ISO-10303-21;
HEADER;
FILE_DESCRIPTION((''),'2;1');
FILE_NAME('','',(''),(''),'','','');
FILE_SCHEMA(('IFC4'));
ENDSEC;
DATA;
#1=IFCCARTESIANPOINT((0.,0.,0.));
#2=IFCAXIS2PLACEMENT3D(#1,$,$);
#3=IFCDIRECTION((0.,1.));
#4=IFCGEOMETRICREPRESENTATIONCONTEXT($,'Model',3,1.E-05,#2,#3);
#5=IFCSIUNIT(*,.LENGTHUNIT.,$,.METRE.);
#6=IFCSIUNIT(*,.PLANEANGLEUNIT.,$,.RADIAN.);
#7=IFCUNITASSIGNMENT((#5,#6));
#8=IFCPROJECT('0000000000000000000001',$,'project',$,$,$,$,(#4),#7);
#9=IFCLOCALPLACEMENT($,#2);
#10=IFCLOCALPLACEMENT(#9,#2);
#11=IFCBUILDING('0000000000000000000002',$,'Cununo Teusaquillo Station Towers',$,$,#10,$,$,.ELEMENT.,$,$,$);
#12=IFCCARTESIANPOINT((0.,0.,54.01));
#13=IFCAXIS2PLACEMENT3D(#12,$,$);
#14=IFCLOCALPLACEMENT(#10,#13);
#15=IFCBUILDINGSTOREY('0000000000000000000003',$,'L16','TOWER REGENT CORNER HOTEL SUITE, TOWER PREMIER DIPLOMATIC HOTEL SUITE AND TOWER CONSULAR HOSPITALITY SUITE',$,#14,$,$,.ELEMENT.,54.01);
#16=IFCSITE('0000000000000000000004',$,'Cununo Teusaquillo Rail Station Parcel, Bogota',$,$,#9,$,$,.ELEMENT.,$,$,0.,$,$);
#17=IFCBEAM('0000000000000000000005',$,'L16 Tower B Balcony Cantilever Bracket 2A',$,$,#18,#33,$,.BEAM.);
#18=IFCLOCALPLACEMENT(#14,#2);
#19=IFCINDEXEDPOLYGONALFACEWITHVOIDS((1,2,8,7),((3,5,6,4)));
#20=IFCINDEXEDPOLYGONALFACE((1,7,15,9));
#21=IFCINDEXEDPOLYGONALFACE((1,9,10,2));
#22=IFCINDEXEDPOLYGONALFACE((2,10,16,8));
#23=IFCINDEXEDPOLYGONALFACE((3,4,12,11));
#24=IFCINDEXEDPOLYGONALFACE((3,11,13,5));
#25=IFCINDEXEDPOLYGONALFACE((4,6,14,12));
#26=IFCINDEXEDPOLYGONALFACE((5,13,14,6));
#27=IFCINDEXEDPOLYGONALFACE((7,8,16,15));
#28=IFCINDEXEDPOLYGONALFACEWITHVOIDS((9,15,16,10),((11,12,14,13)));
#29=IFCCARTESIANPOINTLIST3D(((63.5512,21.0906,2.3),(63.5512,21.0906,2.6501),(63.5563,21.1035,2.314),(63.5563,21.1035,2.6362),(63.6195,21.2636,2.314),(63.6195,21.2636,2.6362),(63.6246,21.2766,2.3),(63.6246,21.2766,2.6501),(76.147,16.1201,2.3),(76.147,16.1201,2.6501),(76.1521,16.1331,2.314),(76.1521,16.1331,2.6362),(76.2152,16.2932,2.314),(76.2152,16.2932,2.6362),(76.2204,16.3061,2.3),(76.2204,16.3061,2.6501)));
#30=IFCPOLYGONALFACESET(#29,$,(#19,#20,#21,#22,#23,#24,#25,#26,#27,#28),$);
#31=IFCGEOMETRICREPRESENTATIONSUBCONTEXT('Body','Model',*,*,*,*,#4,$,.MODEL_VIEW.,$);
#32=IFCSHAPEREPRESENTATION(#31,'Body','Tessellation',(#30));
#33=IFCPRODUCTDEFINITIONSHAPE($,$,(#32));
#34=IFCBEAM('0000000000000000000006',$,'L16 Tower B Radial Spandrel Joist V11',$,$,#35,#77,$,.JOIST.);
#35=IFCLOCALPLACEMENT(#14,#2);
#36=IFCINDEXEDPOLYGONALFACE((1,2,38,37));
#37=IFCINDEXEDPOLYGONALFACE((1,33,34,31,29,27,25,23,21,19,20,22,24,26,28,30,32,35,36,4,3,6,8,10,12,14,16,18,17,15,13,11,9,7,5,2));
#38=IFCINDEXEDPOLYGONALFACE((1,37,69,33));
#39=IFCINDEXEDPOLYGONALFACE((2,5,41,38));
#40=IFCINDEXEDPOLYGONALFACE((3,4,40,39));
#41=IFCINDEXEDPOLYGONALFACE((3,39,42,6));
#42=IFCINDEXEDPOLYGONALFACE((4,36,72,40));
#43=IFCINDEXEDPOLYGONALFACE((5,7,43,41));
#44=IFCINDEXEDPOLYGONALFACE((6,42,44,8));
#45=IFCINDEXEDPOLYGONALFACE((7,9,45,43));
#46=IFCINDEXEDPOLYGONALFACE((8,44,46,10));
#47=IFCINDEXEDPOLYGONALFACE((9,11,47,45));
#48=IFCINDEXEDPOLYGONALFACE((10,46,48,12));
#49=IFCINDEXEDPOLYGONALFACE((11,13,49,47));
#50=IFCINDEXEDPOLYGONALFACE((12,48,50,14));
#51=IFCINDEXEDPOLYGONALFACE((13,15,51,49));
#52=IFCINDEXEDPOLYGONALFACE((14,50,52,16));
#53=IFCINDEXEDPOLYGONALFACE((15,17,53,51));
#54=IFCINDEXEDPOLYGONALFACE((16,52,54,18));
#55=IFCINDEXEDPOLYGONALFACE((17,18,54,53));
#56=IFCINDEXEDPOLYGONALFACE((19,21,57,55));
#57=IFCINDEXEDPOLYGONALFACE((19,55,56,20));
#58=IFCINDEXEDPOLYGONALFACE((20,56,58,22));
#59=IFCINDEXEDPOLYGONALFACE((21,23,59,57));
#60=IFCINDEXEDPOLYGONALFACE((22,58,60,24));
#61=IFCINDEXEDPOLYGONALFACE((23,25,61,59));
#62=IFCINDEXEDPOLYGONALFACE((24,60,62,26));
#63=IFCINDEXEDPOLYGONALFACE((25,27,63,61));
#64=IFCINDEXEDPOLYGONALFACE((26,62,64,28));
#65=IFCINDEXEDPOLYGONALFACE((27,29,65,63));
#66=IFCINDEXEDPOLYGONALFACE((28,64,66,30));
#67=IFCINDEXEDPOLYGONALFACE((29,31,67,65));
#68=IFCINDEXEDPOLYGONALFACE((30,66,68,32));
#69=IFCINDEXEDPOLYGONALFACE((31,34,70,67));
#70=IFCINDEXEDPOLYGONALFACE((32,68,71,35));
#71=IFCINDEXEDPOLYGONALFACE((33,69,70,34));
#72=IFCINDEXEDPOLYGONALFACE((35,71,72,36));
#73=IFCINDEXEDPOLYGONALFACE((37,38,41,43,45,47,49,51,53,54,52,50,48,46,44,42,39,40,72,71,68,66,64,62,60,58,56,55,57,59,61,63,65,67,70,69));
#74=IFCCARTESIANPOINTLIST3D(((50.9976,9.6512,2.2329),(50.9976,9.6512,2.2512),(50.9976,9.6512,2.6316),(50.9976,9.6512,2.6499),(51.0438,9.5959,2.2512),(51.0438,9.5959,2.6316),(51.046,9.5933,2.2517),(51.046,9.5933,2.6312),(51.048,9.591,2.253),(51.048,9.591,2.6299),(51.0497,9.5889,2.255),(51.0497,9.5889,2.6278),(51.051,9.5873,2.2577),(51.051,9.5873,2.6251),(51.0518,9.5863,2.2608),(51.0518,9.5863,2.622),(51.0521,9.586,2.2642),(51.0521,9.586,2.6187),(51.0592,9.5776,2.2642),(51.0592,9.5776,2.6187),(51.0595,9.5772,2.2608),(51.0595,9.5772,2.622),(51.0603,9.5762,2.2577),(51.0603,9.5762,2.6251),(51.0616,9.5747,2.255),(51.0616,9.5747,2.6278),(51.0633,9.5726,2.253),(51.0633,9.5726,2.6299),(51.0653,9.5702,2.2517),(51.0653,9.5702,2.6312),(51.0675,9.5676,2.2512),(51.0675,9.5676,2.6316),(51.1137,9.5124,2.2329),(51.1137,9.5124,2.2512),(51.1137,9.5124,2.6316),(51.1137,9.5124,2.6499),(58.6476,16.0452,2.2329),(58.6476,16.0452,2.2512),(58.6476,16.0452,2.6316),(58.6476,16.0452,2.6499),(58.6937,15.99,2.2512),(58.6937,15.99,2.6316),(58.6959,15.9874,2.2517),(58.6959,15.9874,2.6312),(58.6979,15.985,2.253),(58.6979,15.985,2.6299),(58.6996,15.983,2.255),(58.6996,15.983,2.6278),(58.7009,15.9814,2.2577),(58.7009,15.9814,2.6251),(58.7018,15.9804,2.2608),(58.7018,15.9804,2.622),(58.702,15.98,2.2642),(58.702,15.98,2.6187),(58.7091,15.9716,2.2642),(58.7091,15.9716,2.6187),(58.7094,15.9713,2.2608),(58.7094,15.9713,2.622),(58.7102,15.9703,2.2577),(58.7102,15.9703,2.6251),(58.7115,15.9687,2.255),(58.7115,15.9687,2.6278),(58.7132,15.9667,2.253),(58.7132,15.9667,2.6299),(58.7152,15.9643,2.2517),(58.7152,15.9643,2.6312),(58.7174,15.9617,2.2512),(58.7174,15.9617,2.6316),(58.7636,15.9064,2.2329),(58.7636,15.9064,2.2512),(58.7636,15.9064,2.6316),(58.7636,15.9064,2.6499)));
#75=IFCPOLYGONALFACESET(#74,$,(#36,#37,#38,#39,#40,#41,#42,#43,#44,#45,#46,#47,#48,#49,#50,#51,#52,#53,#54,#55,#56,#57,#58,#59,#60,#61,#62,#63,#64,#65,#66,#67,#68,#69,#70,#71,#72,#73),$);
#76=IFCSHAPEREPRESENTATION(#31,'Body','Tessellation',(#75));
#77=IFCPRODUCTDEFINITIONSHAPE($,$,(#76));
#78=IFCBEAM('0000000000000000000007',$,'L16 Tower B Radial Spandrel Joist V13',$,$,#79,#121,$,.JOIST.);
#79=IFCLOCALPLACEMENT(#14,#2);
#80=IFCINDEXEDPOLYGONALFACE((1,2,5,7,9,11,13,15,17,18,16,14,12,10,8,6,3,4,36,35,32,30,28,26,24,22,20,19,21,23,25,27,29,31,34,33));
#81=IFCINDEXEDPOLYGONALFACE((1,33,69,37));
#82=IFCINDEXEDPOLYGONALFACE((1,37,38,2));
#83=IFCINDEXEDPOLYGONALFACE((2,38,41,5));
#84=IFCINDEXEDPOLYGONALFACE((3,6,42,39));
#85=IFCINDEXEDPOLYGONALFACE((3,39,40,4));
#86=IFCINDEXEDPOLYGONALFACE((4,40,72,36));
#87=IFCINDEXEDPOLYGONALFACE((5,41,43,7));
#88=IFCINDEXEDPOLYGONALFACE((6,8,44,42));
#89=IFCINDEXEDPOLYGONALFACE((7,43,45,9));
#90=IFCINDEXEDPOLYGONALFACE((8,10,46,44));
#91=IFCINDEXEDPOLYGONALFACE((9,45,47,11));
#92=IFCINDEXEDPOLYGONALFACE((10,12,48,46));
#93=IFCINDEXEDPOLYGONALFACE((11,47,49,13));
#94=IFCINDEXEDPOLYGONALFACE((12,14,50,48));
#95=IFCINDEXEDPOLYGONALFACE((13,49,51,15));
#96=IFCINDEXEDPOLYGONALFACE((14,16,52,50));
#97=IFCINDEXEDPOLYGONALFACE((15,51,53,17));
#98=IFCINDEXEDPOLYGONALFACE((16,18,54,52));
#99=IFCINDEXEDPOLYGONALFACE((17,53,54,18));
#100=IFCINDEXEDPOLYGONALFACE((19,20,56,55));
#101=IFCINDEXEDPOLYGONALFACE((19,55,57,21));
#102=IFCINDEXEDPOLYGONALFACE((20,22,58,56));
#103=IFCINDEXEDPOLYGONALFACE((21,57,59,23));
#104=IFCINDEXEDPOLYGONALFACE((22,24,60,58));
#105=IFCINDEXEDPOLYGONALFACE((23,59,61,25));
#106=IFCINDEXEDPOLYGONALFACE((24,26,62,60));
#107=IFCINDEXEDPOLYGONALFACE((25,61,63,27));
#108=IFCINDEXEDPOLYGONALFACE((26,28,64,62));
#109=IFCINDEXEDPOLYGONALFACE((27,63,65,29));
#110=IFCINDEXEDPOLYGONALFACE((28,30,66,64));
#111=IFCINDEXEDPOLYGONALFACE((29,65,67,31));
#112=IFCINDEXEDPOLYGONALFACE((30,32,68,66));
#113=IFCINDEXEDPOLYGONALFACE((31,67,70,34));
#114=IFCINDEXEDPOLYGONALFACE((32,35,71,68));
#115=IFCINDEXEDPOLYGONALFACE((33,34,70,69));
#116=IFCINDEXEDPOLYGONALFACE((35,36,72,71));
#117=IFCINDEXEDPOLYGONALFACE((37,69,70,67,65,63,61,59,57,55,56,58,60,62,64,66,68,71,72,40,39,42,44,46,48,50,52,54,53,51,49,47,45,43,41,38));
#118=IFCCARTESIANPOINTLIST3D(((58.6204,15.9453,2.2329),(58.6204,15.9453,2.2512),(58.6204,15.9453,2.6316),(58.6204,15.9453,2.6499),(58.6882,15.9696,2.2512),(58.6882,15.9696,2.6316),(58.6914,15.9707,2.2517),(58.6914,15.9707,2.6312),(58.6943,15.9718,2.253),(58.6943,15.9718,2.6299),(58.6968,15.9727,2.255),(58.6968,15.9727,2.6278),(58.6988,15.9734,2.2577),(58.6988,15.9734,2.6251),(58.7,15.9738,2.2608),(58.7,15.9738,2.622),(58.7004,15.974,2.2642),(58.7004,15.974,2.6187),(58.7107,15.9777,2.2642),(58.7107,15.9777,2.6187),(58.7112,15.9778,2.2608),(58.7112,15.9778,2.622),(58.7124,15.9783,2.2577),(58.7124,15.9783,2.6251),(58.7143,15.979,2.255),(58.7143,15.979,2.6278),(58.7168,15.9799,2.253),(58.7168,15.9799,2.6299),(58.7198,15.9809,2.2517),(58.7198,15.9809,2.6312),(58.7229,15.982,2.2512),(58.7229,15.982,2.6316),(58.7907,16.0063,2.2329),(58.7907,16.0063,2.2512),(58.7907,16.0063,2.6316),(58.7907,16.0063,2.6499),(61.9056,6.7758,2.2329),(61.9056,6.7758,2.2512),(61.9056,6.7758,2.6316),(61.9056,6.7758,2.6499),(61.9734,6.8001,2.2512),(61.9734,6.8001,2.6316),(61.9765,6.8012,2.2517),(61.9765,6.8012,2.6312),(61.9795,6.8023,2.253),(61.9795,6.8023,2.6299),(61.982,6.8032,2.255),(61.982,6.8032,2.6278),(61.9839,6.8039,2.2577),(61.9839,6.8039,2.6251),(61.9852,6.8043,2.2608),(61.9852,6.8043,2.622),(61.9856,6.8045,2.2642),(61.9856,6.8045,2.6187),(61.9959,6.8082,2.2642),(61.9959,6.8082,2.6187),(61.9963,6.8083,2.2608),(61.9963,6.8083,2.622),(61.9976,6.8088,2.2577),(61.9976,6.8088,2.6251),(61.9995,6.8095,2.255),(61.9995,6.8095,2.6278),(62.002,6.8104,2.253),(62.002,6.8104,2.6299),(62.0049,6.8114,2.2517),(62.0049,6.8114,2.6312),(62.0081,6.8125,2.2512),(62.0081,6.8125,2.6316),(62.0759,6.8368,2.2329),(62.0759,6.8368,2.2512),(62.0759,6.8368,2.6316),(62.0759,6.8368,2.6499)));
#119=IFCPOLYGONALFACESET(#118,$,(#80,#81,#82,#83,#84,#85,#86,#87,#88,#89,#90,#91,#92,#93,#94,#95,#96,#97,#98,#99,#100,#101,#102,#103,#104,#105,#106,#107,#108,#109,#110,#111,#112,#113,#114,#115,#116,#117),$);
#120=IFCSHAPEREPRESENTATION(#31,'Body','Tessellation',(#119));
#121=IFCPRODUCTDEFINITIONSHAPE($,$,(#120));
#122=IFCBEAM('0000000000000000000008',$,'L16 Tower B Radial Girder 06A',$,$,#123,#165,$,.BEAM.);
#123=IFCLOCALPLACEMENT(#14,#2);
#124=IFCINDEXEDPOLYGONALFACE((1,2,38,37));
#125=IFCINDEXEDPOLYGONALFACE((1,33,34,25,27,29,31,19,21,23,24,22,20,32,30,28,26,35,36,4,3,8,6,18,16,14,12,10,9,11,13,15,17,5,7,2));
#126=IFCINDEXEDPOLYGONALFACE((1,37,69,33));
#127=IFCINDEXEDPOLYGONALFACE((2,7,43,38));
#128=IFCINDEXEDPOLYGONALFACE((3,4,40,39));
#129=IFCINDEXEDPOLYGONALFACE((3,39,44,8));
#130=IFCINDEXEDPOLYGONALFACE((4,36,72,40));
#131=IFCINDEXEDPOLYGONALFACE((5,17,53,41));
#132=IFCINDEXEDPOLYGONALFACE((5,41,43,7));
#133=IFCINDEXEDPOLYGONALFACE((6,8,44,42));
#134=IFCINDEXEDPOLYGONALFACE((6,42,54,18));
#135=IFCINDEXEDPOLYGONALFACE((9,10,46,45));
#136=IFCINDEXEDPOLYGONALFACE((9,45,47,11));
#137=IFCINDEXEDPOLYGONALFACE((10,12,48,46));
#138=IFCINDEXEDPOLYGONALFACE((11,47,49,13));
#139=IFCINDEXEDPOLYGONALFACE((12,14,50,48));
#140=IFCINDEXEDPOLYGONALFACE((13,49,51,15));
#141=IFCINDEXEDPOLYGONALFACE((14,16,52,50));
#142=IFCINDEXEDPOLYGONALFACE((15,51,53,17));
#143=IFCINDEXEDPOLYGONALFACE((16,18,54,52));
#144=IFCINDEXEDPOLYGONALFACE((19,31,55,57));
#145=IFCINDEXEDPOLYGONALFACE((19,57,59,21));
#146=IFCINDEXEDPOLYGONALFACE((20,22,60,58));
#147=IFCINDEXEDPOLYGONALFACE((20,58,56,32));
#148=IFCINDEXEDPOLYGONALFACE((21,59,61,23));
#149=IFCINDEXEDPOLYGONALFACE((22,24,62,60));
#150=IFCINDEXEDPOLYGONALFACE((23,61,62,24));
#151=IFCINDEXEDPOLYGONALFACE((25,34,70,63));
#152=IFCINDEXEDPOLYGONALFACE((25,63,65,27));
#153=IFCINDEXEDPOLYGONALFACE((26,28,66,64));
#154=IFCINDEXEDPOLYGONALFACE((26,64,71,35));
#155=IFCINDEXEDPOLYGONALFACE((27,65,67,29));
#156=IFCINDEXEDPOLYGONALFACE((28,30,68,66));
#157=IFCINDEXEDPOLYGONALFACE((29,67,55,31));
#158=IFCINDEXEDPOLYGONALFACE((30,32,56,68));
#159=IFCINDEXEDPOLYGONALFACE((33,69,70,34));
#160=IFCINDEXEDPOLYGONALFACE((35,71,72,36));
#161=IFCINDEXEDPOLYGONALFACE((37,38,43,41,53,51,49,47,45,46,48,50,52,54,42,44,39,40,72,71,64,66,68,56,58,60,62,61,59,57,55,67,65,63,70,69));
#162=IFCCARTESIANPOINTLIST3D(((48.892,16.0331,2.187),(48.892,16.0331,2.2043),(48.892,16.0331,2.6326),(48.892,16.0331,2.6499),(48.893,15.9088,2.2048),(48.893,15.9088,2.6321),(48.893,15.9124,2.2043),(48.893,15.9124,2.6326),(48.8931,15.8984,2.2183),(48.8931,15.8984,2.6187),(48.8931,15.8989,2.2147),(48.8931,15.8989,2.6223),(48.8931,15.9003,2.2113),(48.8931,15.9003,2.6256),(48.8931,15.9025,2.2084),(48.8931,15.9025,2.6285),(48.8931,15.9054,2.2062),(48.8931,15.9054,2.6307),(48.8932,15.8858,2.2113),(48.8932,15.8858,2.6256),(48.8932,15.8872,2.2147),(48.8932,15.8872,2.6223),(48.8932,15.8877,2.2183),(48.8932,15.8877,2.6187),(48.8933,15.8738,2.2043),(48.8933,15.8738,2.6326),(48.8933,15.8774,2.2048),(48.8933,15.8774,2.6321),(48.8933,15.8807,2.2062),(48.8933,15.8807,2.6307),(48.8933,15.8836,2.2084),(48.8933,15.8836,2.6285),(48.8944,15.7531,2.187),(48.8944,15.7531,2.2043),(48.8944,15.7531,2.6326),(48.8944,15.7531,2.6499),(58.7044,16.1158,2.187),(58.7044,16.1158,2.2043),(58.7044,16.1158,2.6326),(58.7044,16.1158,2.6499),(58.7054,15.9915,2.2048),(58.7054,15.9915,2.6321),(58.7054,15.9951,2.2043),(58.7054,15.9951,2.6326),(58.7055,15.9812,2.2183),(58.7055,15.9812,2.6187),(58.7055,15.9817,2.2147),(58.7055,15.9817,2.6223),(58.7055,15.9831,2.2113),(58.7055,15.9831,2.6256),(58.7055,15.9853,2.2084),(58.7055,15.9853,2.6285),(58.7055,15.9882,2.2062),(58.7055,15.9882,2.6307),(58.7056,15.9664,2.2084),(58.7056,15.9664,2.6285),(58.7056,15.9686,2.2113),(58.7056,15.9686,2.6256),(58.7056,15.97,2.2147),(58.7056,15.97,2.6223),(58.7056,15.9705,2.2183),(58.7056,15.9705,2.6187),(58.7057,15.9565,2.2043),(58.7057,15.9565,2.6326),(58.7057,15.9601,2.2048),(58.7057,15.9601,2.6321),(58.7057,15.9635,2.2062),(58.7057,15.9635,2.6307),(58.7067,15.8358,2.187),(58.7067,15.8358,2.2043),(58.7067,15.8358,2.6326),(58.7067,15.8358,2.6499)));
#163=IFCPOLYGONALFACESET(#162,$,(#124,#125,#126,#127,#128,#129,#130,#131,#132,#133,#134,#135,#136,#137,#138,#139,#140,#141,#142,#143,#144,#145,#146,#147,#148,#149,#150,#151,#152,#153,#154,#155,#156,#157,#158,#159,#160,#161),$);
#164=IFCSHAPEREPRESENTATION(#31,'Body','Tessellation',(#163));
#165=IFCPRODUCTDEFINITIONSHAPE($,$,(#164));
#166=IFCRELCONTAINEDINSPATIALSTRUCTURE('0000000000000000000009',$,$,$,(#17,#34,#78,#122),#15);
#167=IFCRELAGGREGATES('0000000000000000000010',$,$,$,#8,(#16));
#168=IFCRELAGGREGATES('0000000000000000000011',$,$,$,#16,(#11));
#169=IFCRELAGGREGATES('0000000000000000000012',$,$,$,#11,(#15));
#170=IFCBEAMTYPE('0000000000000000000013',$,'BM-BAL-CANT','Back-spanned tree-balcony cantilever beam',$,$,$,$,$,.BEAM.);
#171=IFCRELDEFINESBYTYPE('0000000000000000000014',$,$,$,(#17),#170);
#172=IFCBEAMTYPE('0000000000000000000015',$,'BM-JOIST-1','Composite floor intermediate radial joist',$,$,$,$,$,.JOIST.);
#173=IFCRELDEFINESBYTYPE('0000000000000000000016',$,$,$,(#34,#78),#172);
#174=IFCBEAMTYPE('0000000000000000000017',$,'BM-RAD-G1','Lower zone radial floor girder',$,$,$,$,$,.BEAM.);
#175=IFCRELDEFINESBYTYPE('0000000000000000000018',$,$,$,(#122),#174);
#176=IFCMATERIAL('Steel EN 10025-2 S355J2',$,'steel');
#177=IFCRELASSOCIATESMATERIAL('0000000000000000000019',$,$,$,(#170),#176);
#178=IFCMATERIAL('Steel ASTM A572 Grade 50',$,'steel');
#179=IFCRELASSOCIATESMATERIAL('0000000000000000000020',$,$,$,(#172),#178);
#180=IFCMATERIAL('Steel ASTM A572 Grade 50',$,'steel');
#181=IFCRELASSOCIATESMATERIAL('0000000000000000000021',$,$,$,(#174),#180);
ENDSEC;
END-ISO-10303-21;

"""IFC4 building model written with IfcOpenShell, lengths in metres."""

from ifc_helpers import new_model, si_unit, direction, frame, origin, origin_2d, place, context, subcontext, project, spatial, hollow_rectangle, i_section, extrude, material, material_profile, profile_set, type_object, element, save


model = new_model("IFC4")

# Units and contexts
model_context = context("Model", 3, precision=1e-05, world=origin(), true_north=direction((0.0, 1.0)))
body_context = subcontext(model_context, "Body", "Model", "MODEL_VIEW")
ifc_project = project(units=[si_unit("LENGTHUNIT", "METRE"), si_unit("PLANEANGLEUNIT", "RADIAN")], contexts=[model_context])

# Site, building, storey
site_placement = place(None, origin())
site = spatial("IfcSite", under=ifc_project, at=site_placement, Name="Cununo Teusaquillo Rail Station Parcel, Bogota", CompositionType="ELEMENT", RefElevation=0.0)
building_placement = place(site_placement, origin())
building = spatial("IfcBuilding", under=site, at=building_placement, Name="Cununo Teusaquillo Station Towers", CompositionType="ELEMENT")
storey_placement = place(building_placement, frame((0.0, 0.0, 54.01)))
storey = spatial("IfcBuildingStorey", under=building, at=storey_placement, Name="L16", Description="TOWER REGENT CORNER HOTEL SUITE, TOWER PREMIER DIPLOMATIC HOTEL SUITE AND TOWER CONSULAR HOSPITALITY SUITE", CompositionType="ELEMENT", Elevation=54.01)

# Beams
ifc_material_1 = material(Name="Steel EN 10025-2 S355J2", Category="steel")
ifc_material_profile_1 = material_profile(ifc_material_1, hollow_rectangle(XDim=0.2, YDim=0.3501, WallThickness=0.0139, at=origin_2d()), Name="RHS 350x200x14")
ifc_profile_set_1 = profile_set([ifc_material_profile_1], Name="Steel EN 10025-2 S355J2")
beam_type_1 = type_object("IfcBeamType", Name="BM-BAL-CANT", Description="Back-spanned tree-balcony cantilever beam", PredefinedType="BEAM", material=ifc_profile_set_1)
beam_1_placement = place(storey_placement, frame((63.5879, 21.1836, 2.4751), z_axis=(0.930194, -0.367069, 0.0), x_axis=(0.367069, 0.930194, 0.0)))
element("IfcBeam", 1, at=beam_1_placement, inside=storey, type_object=beam_type_1, Name="L16 Tower B Balcony Cantilever Bracket 2A", PredefinedType="BEAM", context=body_context, shape_type="SweptSolid", body=[
    extrude(hollow_rectangle(XDim=0.2, YDim=0.3501, WallThickness=0.0139, at=origin_2d()), origin(), (0.0, 0.0, 1.0), 13.541),
])
ifc_material_2 = material(Name="Steel ASTM A572 Grade 50", Category="steel")
ifc_material_profile_2 = material_profile(ifc_material_2, i_section(OverallWidth=0.1809, OverallDepth=0.417, WebThickness=0.011, FlangeThickness=0.0183, FilletRadius=0.0129, at=origin_2d()), Name="W16X57")
ifc_profile_set_2 = profile_set([ifc_material_profile_2], Name="Steel ASTM A572 Grade 50")
beam_type_2 = type_object("IfcBeamType", Name="BM-JOIST-1", Description="Composite floor intermediate radial joist", PredefinedType="JOIST", material=ifc_profile_set_2)
beam_2_placement = place(storey_placement, frame((58.7056, 15.9758, 2.4414), z_axis=(-0.767277, -0.641316, 0.0), x_axis=(0.641316, -0.767277, 0.0)))
element("IfcBeam", 2, at=beam_2_placement, inside=storey, type_object=beam_type_2, Name="L16 Tower B Radial Spandrel Joist V11", PredefinedType="JOIST", context=body_context, shape_type="SweptSolid", body=[
    extrude(i_section(OverallWidth=0.1809, OverallDepth=0.417, WebThickness=0.011, FlangeThickness=0.0183, FilletRadius=0.0129, at=origin_2d()), origin(), (0.0, 0.0, 1.0), 9.9702),
])
beam_3_placement = place(storey_placement, frame((58.7056, 15.9758, 2.4414), z_axis=(0.337279, -0.941405, 0.0), x_axis=(0.941405, 0.337279, 0.0)))
element("IfcBeam", 3, at=beam_3_placement, inside=storey, type_object=beam_type_2, Name="L16 Tower B Radial Spandrel Joist V13", PredefinedType="JOIST", context=body_context, shape_type="SweptSolid", body=[
    extrude(i_section(OverallWidth=0.1809, OverallDepth=0.417, WebThickness=0.011, FlangeThickness=0.0183, FilletRadius=0.0129, at=origin_2d()), origin(), (0.0, 0.0, 1.0), 9.7402),
])
ifc_material_3 = material(Name="Steel ASTM A572 Grade 50", Category="steel")
ifc_material_profile_3 = material_profile(ifc_material_3, i_section(OverallWidth=0.28, OverallDepth=0.4629, WebThickness=0.0107, FlangeThickness=0.0173, FilletRadius=0.0139, at=origin_2d()), Name="W18X76")
ifc_profile_set_3 = profile_set([ifc_material_profile_3], Name="Steel ASTM A572 Grade 50")
beam_type_3 = type_object("IfcBeamType", Name="BM-RAD-G1", Description="Lower zone radial floor girder", PredefinedType="BEAM", material=ifc_profile_set_3)
beam_4_placement = place(storey_placement, frame((58.7056, 15.9758, 2.4185), z_axis=(-0.999964, -0.008434, 0.0), x_axis=(0.008434, -0.999964, 0.0)))
element("IfcBeam", 4, at=beam_4_placement, inside=storey, type_object=beam_type_3, Name="L16 Tower B Radial Girder 06A", PredefinedType="BEAM", context=body_context, shape_type="SweptSolid", body=[
    extrude(i_section(OverallWidth=0.28, OverallDepth=0.4629, WebThickness=0.0107, FlangeThickness=0.0173, FilletRadius=0.0139, at=origin_2d()), origin(), (0.0, 0.0, 1.0), 9.8127),
])

save(model, "model.ifc")
